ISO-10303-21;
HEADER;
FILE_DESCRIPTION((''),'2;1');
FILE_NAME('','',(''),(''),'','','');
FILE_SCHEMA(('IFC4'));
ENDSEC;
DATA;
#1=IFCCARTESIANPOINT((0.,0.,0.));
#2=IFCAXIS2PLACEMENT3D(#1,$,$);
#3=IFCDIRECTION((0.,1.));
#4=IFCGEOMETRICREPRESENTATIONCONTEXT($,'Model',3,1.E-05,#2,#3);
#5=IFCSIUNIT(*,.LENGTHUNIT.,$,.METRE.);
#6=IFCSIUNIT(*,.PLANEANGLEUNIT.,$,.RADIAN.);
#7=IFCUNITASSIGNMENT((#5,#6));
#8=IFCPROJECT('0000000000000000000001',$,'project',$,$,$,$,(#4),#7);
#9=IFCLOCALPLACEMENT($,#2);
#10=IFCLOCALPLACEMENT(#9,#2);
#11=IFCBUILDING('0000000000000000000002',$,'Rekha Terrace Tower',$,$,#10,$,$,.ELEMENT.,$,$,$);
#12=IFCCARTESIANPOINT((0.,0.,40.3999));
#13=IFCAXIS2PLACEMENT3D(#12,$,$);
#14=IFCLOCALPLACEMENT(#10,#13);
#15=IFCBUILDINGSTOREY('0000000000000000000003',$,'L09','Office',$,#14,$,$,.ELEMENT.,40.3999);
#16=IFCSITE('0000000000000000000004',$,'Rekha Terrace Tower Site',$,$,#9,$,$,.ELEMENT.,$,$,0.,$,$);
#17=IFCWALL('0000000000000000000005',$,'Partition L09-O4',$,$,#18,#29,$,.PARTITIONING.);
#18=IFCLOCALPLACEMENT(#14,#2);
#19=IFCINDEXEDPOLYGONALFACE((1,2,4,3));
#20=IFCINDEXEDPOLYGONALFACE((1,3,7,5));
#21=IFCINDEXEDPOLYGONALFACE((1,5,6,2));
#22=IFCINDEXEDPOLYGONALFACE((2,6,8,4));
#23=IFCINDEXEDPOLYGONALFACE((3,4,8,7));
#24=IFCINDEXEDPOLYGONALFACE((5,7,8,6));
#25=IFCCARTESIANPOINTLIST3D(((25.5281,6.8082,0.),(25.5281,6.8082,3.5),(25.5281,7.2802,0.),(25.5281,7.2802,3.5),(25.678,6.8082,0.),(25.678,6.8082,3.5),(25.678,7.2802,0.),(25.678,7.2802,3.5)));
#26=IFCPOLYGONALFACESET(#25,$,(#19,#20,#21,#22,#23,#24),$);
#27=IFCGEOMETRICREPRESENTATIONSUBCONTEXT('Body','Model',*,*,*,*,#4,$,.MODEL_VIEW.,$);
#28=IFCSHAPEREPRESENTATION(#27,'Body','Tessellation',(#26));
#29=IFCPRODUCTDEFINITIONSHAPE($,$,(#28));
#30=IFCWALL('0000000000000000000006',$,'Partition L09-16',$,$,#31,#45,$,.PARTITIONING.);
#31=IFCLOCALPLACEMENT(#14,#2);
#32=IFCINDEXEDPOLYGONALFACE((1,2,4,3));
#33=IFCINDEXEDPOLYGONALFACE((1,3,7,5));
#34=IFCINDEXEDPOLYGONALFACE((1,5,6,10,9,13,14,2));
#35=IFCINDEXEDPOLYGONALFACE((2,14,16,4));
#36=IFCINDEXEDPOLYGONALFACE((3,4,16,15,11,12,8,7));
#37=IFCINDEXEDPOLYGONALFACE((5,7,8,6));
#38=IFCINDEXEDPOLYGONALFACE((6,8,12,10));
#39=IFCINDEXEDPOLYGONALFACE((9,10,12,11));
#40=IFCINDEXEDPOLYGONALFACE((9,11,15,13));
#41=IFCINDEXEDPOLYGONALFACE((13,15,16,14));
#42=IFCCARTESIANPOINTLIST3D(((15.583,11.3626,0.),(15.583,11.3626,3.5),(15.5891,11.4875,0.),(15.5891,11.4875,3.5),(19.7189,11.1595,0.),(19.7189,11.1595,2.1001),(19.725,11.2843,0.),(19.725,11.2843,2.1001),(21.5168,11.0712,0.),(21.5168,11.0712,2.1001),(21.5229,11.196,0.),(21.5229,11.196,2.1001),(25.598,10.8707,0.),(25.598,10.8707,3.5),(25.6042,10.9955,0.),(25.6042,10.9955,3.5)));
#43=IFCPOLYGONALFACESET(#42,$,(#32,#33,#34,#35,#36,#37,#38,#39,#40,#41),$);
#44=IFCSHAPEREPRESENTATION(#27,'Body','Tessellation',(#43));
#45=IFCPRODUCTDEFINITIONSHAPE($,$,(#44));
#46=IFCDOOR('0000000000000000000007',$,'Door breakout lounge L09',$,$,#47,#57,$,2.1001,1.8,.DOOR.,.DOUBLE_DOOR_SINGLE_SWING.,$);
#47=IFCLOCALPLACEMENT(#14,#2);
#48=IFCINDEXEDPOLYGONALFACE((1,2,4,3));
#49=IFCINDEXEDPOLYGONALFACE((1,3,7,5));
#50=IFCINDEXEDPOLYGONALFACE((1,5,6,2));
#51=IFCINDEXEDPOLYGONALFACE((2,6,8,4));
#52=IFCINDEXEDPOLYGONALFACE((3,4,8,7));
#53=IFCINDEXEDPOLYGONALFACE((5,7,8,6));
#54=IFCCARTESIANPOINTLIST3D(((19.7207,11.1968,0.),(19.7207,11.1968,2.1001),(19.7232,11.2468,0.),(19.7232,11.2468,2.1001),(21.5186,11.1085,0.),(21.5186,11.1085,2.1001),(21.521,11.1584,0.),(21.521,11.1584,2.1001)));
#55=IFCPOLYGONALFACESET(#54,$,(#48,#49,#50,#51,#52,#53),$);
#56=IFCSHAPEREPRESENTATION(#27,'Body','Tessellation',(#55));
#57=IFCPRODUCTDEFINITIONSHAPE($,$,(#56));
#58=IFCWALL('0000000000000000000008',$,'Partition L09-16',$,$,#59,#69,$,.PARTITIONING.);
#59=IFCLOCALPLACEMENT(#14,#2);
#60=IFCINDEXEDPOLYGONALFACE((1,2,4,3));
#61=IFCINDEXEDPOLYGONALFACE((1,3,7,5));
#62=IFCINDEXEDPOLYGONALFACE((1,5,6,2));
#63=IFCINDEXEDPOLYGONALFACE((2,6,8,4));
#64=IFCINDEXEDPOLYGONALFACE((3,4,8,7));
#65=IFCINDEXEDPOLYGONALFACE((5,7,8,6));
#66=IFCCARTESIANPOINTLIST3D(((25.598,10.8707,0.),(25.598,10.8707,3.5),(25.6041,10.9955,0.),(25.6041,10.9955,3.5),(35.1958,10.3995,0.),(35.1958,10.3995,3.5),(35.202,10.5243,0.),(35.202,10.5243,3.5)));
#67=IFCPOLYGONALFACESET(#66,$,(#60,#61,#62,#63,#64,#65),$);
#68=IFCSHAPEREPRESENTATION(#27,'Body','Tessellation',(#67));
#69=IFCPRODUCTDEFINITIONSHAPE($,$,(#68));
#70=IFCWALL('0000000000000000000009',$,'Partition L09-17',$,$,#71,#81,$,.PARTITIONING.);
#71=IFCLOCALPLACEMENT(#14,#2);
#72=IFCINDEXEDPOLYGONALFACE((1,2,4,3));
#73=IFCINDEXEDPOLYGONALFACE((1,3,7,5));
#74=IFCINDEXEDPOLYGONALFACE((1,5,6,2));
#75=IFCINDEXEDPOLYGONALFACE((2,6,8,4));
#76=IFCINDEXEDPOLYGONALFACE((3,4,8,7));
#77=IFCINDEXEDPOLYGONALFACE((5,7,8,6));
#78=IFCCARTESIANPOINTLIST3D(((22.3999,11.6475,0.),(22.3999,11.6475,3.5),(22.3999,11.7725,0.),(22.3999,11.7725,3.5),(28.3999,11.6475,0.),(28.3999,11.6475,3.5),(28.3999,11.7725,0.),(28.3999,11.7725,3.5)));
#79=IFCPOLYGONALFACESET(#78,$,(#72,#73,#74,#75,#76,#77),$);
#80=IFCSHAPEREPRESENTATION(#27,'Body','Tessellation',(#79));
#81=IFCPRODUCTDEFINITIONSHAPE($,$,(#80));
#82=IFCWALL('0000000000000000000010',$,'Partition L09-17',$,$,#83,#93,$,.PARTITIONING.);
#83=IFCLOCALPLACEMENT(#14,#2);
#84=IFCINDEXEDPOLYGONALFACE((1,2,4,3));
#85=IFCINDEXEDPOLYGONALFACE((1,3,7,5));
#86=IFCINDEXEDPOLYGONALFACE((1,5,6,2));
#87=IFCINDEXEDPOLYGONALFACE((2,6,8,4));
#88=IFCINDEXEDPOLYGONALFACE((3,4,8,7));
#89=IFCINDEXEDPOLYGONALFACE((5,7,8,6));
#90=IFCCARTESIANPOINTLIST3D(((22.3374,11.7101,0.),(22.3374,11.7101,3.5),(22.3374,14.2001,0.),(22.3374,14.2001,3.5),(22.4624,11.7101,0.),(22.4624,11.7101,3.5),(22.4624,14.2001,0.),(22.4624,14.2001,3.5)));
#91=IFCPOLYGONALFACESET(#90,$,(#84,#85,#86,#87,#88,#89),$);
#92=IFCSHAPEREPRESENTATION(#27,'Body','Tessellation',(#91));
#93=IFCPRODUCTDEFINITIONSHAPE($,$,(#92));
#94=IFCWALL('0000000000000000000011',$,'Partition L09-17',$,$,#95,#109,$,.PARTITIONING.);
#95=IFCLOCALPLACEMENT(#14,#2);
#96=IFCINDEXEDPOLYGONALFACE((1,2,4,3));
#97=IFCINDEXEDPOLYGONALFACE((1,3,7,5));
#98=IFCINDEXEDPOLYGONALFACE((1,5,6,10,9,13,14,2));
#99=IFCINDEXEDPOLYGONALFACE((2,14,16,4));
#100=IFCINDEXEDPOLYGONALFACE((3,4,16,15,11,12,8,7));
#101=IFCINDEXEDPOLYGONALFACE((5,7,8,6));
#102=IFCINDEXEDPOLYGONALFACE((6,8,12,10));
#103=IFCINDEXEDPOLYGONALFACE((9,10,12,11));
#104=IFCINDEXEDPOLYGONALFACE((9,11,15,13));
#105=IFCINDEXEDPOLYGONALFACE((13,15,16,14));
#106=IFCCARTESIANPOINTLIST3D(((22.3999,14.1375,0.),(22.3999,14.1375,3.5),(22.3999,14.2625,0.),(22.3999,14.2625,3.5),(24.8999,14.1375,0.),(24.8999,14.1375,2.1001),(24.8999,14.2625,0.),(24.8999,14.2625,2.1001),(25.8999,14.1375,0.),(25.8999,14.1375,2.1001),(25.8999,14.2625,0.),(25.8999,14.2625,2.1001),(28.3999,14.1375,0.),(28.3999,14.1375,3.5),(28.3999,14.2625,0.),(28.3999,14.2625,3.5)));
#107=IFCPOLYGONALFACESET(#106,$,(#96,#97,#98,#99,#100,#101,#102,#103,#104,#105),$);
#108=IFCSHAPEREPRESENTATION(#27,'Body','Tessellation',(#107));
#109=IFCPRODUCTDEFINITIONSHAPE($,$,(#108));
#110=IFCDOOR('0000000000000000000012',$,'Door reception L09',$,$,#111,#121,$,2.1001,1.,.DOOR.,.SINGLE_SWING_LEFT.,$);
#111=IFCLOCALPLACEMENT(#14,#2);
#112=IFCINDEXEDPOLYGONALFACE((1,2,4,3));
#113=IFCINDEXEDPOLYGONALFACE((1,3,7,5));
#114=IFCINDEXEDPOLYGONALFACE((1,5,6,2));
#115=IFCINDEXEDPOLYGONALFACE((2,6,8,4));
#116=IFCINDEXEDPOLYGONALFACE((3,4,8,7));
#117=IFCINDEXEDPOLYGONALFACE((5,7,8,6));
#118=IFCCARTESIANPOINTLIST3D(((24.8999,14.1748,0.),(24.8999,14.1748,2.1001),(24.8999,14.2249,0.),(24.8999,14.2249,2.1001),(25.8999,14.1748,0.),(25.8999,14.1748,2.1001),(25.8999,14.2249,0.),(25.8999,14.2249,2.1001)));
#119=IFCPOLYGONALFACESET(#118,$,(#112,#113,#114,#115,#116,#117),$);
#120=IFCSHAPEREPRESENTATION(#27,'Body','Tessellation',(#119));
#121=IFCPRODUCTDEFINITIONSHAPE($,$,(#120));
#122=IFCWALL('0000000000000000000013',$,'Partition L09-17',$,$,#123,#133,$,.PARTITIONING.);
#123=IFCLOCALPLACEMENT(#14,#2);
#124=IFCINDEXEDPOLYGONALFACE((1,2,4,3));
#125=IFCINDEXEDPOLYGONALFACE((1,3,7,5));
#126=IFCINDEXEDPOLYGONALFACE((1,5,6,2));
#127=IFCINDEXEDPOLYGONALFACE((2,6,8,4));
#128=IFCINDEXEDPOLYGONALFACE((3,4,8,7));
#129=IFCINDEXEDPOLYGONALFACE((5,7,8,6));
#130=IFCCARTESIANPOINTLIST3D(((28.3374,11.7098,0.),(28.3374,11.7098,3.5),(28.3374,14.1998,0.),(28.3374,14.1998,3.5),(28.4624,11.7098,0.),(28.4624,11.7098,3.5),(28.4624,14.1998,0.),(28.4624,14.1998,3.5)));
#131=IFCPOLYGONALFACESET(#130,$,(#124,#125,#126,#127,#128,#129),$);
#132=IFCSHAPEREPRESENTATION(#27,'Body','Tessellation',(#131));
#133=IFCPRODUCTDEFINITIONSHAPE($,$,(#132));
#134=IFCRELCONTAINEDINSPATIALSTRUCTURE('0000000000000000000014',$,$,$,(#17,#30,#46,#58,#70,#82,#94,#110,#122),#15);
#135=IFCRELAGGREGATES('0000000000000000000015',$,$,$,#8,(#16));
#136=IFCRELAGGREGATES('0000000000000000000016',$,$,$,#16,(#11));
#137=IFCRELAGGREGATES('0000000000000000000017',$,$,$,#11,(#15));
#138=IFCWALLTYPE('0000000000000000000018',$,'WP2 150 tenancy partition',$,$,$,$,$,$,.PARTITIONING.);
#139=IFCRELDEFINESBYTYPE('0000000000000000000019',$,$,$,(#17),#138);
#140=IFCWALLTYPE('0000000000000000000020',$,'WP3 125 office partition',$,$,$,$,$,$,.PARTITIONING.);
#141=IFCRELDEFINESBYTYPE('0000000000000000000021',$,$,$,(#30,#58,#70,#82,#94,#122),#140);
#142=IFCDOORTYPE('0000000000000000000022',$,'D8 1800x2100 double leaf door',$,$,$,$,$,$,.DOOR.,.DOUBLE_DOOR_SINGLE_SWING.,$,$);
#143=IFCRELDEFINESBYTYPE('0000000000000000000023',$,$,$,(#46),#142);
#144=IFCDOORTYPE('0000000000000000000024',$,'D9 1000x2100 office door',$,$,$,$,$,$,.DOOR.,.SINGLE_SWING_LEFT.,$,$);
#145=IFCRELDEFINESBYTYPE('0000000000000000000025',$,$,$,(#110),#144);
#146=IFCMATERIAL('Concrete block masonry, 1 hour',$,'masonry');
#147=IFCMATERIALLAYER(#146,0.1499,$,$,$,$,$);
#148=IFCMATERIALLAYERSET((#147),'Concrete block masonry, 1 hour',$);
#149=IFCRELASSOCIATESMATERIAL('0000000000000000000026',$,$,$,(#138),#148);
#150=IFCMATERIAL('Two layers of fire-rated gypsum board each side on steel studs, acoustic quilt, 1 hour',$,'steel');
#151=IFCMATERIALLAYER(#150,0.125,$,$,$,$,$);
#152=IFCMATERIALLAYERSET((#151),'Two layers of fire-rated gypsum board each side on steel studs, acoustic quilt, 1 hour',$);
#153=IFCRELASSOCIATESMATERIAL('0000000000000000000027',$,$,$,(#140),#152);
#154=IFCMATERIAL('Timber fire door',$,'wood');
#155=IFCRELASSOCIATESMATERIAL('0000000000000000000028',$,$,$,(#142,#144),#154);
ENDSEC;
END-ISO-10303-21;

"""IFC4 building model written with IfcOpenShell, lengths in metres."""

from ifc_helpers import new_model, si_unit, direction, frame, frame_2d, origin, place, context, subcontext, project, spatial, rectangle, extrude, material, layer, layer_set, type_object, element, fill, save


model = new_model("IFC4")

# Units and contexts
model_context = context("Model", 3, precision=1e-05, world=origin(), true_north=direction((0.0, 1.0)))
body_context = subcontext(model_context, "Body", "Model", "MODEL_VIEW")
ifc_project = project(units=[si_unit("LENGTHUNIT", "METRE"), si_unit("PLANEANGLEUNIT", "RADIAN")], contexts=[model_context])

# Site, building, storey
site_placement = place(None, origin())
site = spatial("IfcSite", under=ifc_project, at=site_placement, Name="Rekha Terrace Tower Site", CompositionType="ELEMENT", RefElevation=0.0)
building_placement = place(site_placement, origin())
building = spatial("IfcBuilding", under=site, at=building_placement, Name="Rekha Terrace Tower", CompositionType="ELEMENT")
storey_placement = place(building_placement, frame((0.0, 0.0, 40.3999)))
storey = spatial("IfcBuildingStorey", under=building, at=storey_placement, Name="L09", Description="Office", CompositionType="ELEMENT", Elevation=40.3999)

# Shared definitions
ifc_material_1 = material(Name="Concrete block masonry, 1 hour", Category="masonry")
ifc_layer_1 = layer(ifc_material_1, 0.1499)
ifc_layer_set_1 = layer_set([ifc_layer_1], Name="Concrete block masonry, 1 hour")
wall_type_1 = type_object("IfcWallType", Name="WP2 150 tenancy partition", PredefinedType="PARTITIONING", material=ifc_layer_set_1)

# Wall
wall_1_placement = place(storey_placement, frame((25.603, 7.28, 0.0), z_axis=(0.0, 0.0, 1.0), x_axis=(0.0, -1.0, 0.0)))
element("IfcWall", 1, at=wall_1_placement, inside=storey, type_object=wall_type_1, Name="Partition L09-O4", PredefinedType="PARTITIONING", context=body_context, shape_type="SweptSolid", body=[
    extrude(rectangle(XDim=0.4719, YDim=0.1499, at=frame_2d((0.2358, 0.0))), origin(), (0.0, 0.0, 1.0), 3.5),
])

# Wall, opening, door
ifc_material_2 = material(Name="Two layers of fire-rated gypsum board each side on steel studs, acoustic quilt, 1 hour", Category="steel")
ifc_layer_2 = layer(ifc_material_2, 0.125)
ifc_layer_set_2 = layer_set([ifc_layer_2], Name="Two layers of fire-rated gypsum board each side on steel studs, acoustic quilt, 1 hour")
wall_type_2 = type_object("IfcWallType", Name="WP3 125 office partition", PredefinedType="PARTITIONING", material=ifc_layer_set_2)
wall_2_placement = place(storey_placement, frame((15.5859, 11.425, 0.0), z_axis=(0.0, 0.0, 1.0), x_axis=(0.998796, -0.049061, 0.0)))
wall_2 = element("IfcWall", 2, at=wall_2_placement, inside=storey, type_object=wall_type_2, Name="Partition L09-16", PredefinedType="PARTITIONING", context=body_context, shape_type="SweptSolid", body=[
    extrude(rectangle(XDim=10.0271, YDim=0.125, at=frame_2d((5.0137, 0.0))), origin(), (0.0, 0.0, 1.0), 3.5),
])
opening_1_placement = place(wall_2_placement, frame((4.1411, 0.0, 0.0)))
opening_1 = element("IfcOpeningElement", 3, at=opening_1_placement, cuts=wall_2, PredefinedType="OPENING", context=body_context, shape_type="SweptSolid", body=[
    extrude(rectangle(XDim=1.8, YDim=2.1001, at=frame_2d((0.8999, 1.05))), frame((0.0, 0.0725, 0.0), z_axis=(0.0, -1.0, 0.0), x_axis=(1.0, 0.0, 0.0)), (0.0, 0.0, 1.0), 0.145),
])
ifc_material_3 = material(Name="Timber fire door", Category="wood")
door_type_1 = type_object("IfcDoorType", Name="D8 1800x2100 double leaf door", OperationType="DOUBLE_DOOR_SINGLE_SWING", PredefinedType="DOOR", material=ifc_material_3)
door_1_placement = place(opening_1_placement, origin())
door_1 = element("IfcDoor", 4, at=door_1_placement, inside=storey, type_object=door_type_1, Name="Door breakout lounge L09", OperationType="DOUBLE_DOOR_SINGLE_SWING", OverallHeight=2.1001, OverallWidth=1.8, PredefinedType="DOOR", context=body_context, shape_type="SweptSolid", body=[
    extrude(rectangle(XDim=1.8, YDim=2.1001, at=frame_2d((0.8999, 1.05))), frame((0.0, 0.0249, 0.0), z_axis=(0.0, -1.0, 0.0), x_axis=(1.0, 0.0, 0.0)), (0.0, 0.0, 1.0), 0.05),
])
fill(opening_1, door_1)

# Walls
wall_3_placement = place(storey_placement, frame((25.6011, 10.9331, 0.0), z_axis=(0.0, 0.0, 1.0), x_axis=(0.998797, -0.049034, 0.0)))
element("IfcWall", 5, at=wall_3_placement, inside=storey, type_object=wall_type_2, Name="Partition L09-16", PredefinedType="PARTITIONING", context=body_context, shape_type="SweptSolid", body=[
    extrude(rectangle(XDim=9.6094, YDim=0.125, at=frame_2d((4.8047, 0.0))), origin(), (0.0, 0.0, 1.0), 3.5),
])
wall_4_placement = place(storey_placement, frame((28.3999, 11.71, 0.0), z_axis=(0.0, 0.0, 1.0), x_axis=(-1.0, 0.0, 0.0)))
element("IfcWall", 6, at=wall_4_placement, inside=storey, type_object=wall_type_2, Name="Partition L09-17", PredefinedType="PARTITIONING", context=body_context, shape_type="SweptSolid", body=[
    extrude(rectangle(XDim=6.0, YDim=0.125, at=frame_2d((3.0, 0.0))), origin(), (0.0, 0.0, 1.0), 3.5),
])
wall_5_placement = place(storey_placement, frame((22.3999, 11.71, 0.0), z_axis=(0.0, 0.0, 1.0), x_axis=(0.0, 1.0, 0.0)))
element("IfcWall", 7, at=wall_5_placement, inside=storey, type_object=wall_type_2, Name="Partition L09-17", PredefinedType="PARTITIONING", context=body_context, shape_type="SweptSolid", body=[
    extrude(rectangle(XDim=2.49, YDim=0.125, at=frame_2d((1.2451, 0.0))), origin(), (0.0, 0.0, 1.0), 3.5),
])

# Wall, opening, door
wall_6_placement = place(storey_placement, frame((22.3999, 14.2, 0.0), z_axis=(0.0, 0.0, 1.0), x_axis=(1.0, 0.0, 0.0)))
wall_6 = element("IfcWall", 8, at=wall_6_placement, inside=storey, type_object=wall_type_2, Name="Partition L09-17", PredefinedType="PARTITIONING", context=body_context, shape_type="SweptSolid", body=[
    extrude(rectangle(XDim=6.0, YDim=0.125, at=frame_2d((3.0, 0.0))), origin(), (0.0, 0.0, 1.0), 3.5),
])
opening_2_placement = place(wall_6_placement, frame((2.5, 0.0, 0.0)))
opening_2 = element("IfcOpeningElement", 9, at=opening_2_placement, cuts=wall_6, PredefinedType="OPENING", context=body_context, shape_type="SweptSolid", body=[
    extrude(rectangle(XDim=1.0, YDim=2.1001, at=frame_2d((0.5, 1.05))), frame((0.0, 0.0725, 0.0), z_axis=(0.0, -1.0, 0.0), x_axis=(1.0, 0.0, 0.0)), (0.0, 0.0, 1.0), 0.145),
])
door_type_2 = type_object("IfcDoorType", Name="D9 1000x2100 office door", OperationType="SINGLE_SWING_LEFT", PredefinedType="DOOR", material=ifc_material_3)
door_2_placement = place(opening_2_placement, origin())
door_2 = element("IfcDoor", 10, at=door_2_placement, inside=storey, type_object=door_type_2, Name="Door reception L09", OperationType="SINGLE_SWING_LEFT", OverallHeight=2.1001, OverallWidth=1.0, PredefinedType="DOOR", context=body_context, shape_type="SweptSolid", body=[
    extrude(rectangle(XDim=1.0, YDim=2.1001, at=frame_2d((0.5, 1.05))), frame((0.0, 0.0249, 0.0), z_axis=(0.0, -1.0, 0.0), x_axis=(1.0, 0.0, 0.0)), (0.0, 0.0, 1.0), 0.05),
])
fill(opening_2, door_2)

# Wall
wall_7_placement = place(storey_placement, frame((28.3999, 14.2, 0.0), z_axis=(0.0, 0.0, 1.0), x_axis=(0.0, -1.0, 0.0)))
element("IfcWall", 11, at=wall_7_placement, inside=storey, type_object=wall_type_2, Name="Partition L09-17", PredefinedType="PARTITIONING", context=body_context, shape_type="SweptSolid", body=[
    extrude(rectangle(XDim=2.49, YDim=0.125, at=frame_2d((1.2451, 0.0))), origin(), (0.0, 0.0, 1.0), 3.5),
])

save(model, "model.ifc")
